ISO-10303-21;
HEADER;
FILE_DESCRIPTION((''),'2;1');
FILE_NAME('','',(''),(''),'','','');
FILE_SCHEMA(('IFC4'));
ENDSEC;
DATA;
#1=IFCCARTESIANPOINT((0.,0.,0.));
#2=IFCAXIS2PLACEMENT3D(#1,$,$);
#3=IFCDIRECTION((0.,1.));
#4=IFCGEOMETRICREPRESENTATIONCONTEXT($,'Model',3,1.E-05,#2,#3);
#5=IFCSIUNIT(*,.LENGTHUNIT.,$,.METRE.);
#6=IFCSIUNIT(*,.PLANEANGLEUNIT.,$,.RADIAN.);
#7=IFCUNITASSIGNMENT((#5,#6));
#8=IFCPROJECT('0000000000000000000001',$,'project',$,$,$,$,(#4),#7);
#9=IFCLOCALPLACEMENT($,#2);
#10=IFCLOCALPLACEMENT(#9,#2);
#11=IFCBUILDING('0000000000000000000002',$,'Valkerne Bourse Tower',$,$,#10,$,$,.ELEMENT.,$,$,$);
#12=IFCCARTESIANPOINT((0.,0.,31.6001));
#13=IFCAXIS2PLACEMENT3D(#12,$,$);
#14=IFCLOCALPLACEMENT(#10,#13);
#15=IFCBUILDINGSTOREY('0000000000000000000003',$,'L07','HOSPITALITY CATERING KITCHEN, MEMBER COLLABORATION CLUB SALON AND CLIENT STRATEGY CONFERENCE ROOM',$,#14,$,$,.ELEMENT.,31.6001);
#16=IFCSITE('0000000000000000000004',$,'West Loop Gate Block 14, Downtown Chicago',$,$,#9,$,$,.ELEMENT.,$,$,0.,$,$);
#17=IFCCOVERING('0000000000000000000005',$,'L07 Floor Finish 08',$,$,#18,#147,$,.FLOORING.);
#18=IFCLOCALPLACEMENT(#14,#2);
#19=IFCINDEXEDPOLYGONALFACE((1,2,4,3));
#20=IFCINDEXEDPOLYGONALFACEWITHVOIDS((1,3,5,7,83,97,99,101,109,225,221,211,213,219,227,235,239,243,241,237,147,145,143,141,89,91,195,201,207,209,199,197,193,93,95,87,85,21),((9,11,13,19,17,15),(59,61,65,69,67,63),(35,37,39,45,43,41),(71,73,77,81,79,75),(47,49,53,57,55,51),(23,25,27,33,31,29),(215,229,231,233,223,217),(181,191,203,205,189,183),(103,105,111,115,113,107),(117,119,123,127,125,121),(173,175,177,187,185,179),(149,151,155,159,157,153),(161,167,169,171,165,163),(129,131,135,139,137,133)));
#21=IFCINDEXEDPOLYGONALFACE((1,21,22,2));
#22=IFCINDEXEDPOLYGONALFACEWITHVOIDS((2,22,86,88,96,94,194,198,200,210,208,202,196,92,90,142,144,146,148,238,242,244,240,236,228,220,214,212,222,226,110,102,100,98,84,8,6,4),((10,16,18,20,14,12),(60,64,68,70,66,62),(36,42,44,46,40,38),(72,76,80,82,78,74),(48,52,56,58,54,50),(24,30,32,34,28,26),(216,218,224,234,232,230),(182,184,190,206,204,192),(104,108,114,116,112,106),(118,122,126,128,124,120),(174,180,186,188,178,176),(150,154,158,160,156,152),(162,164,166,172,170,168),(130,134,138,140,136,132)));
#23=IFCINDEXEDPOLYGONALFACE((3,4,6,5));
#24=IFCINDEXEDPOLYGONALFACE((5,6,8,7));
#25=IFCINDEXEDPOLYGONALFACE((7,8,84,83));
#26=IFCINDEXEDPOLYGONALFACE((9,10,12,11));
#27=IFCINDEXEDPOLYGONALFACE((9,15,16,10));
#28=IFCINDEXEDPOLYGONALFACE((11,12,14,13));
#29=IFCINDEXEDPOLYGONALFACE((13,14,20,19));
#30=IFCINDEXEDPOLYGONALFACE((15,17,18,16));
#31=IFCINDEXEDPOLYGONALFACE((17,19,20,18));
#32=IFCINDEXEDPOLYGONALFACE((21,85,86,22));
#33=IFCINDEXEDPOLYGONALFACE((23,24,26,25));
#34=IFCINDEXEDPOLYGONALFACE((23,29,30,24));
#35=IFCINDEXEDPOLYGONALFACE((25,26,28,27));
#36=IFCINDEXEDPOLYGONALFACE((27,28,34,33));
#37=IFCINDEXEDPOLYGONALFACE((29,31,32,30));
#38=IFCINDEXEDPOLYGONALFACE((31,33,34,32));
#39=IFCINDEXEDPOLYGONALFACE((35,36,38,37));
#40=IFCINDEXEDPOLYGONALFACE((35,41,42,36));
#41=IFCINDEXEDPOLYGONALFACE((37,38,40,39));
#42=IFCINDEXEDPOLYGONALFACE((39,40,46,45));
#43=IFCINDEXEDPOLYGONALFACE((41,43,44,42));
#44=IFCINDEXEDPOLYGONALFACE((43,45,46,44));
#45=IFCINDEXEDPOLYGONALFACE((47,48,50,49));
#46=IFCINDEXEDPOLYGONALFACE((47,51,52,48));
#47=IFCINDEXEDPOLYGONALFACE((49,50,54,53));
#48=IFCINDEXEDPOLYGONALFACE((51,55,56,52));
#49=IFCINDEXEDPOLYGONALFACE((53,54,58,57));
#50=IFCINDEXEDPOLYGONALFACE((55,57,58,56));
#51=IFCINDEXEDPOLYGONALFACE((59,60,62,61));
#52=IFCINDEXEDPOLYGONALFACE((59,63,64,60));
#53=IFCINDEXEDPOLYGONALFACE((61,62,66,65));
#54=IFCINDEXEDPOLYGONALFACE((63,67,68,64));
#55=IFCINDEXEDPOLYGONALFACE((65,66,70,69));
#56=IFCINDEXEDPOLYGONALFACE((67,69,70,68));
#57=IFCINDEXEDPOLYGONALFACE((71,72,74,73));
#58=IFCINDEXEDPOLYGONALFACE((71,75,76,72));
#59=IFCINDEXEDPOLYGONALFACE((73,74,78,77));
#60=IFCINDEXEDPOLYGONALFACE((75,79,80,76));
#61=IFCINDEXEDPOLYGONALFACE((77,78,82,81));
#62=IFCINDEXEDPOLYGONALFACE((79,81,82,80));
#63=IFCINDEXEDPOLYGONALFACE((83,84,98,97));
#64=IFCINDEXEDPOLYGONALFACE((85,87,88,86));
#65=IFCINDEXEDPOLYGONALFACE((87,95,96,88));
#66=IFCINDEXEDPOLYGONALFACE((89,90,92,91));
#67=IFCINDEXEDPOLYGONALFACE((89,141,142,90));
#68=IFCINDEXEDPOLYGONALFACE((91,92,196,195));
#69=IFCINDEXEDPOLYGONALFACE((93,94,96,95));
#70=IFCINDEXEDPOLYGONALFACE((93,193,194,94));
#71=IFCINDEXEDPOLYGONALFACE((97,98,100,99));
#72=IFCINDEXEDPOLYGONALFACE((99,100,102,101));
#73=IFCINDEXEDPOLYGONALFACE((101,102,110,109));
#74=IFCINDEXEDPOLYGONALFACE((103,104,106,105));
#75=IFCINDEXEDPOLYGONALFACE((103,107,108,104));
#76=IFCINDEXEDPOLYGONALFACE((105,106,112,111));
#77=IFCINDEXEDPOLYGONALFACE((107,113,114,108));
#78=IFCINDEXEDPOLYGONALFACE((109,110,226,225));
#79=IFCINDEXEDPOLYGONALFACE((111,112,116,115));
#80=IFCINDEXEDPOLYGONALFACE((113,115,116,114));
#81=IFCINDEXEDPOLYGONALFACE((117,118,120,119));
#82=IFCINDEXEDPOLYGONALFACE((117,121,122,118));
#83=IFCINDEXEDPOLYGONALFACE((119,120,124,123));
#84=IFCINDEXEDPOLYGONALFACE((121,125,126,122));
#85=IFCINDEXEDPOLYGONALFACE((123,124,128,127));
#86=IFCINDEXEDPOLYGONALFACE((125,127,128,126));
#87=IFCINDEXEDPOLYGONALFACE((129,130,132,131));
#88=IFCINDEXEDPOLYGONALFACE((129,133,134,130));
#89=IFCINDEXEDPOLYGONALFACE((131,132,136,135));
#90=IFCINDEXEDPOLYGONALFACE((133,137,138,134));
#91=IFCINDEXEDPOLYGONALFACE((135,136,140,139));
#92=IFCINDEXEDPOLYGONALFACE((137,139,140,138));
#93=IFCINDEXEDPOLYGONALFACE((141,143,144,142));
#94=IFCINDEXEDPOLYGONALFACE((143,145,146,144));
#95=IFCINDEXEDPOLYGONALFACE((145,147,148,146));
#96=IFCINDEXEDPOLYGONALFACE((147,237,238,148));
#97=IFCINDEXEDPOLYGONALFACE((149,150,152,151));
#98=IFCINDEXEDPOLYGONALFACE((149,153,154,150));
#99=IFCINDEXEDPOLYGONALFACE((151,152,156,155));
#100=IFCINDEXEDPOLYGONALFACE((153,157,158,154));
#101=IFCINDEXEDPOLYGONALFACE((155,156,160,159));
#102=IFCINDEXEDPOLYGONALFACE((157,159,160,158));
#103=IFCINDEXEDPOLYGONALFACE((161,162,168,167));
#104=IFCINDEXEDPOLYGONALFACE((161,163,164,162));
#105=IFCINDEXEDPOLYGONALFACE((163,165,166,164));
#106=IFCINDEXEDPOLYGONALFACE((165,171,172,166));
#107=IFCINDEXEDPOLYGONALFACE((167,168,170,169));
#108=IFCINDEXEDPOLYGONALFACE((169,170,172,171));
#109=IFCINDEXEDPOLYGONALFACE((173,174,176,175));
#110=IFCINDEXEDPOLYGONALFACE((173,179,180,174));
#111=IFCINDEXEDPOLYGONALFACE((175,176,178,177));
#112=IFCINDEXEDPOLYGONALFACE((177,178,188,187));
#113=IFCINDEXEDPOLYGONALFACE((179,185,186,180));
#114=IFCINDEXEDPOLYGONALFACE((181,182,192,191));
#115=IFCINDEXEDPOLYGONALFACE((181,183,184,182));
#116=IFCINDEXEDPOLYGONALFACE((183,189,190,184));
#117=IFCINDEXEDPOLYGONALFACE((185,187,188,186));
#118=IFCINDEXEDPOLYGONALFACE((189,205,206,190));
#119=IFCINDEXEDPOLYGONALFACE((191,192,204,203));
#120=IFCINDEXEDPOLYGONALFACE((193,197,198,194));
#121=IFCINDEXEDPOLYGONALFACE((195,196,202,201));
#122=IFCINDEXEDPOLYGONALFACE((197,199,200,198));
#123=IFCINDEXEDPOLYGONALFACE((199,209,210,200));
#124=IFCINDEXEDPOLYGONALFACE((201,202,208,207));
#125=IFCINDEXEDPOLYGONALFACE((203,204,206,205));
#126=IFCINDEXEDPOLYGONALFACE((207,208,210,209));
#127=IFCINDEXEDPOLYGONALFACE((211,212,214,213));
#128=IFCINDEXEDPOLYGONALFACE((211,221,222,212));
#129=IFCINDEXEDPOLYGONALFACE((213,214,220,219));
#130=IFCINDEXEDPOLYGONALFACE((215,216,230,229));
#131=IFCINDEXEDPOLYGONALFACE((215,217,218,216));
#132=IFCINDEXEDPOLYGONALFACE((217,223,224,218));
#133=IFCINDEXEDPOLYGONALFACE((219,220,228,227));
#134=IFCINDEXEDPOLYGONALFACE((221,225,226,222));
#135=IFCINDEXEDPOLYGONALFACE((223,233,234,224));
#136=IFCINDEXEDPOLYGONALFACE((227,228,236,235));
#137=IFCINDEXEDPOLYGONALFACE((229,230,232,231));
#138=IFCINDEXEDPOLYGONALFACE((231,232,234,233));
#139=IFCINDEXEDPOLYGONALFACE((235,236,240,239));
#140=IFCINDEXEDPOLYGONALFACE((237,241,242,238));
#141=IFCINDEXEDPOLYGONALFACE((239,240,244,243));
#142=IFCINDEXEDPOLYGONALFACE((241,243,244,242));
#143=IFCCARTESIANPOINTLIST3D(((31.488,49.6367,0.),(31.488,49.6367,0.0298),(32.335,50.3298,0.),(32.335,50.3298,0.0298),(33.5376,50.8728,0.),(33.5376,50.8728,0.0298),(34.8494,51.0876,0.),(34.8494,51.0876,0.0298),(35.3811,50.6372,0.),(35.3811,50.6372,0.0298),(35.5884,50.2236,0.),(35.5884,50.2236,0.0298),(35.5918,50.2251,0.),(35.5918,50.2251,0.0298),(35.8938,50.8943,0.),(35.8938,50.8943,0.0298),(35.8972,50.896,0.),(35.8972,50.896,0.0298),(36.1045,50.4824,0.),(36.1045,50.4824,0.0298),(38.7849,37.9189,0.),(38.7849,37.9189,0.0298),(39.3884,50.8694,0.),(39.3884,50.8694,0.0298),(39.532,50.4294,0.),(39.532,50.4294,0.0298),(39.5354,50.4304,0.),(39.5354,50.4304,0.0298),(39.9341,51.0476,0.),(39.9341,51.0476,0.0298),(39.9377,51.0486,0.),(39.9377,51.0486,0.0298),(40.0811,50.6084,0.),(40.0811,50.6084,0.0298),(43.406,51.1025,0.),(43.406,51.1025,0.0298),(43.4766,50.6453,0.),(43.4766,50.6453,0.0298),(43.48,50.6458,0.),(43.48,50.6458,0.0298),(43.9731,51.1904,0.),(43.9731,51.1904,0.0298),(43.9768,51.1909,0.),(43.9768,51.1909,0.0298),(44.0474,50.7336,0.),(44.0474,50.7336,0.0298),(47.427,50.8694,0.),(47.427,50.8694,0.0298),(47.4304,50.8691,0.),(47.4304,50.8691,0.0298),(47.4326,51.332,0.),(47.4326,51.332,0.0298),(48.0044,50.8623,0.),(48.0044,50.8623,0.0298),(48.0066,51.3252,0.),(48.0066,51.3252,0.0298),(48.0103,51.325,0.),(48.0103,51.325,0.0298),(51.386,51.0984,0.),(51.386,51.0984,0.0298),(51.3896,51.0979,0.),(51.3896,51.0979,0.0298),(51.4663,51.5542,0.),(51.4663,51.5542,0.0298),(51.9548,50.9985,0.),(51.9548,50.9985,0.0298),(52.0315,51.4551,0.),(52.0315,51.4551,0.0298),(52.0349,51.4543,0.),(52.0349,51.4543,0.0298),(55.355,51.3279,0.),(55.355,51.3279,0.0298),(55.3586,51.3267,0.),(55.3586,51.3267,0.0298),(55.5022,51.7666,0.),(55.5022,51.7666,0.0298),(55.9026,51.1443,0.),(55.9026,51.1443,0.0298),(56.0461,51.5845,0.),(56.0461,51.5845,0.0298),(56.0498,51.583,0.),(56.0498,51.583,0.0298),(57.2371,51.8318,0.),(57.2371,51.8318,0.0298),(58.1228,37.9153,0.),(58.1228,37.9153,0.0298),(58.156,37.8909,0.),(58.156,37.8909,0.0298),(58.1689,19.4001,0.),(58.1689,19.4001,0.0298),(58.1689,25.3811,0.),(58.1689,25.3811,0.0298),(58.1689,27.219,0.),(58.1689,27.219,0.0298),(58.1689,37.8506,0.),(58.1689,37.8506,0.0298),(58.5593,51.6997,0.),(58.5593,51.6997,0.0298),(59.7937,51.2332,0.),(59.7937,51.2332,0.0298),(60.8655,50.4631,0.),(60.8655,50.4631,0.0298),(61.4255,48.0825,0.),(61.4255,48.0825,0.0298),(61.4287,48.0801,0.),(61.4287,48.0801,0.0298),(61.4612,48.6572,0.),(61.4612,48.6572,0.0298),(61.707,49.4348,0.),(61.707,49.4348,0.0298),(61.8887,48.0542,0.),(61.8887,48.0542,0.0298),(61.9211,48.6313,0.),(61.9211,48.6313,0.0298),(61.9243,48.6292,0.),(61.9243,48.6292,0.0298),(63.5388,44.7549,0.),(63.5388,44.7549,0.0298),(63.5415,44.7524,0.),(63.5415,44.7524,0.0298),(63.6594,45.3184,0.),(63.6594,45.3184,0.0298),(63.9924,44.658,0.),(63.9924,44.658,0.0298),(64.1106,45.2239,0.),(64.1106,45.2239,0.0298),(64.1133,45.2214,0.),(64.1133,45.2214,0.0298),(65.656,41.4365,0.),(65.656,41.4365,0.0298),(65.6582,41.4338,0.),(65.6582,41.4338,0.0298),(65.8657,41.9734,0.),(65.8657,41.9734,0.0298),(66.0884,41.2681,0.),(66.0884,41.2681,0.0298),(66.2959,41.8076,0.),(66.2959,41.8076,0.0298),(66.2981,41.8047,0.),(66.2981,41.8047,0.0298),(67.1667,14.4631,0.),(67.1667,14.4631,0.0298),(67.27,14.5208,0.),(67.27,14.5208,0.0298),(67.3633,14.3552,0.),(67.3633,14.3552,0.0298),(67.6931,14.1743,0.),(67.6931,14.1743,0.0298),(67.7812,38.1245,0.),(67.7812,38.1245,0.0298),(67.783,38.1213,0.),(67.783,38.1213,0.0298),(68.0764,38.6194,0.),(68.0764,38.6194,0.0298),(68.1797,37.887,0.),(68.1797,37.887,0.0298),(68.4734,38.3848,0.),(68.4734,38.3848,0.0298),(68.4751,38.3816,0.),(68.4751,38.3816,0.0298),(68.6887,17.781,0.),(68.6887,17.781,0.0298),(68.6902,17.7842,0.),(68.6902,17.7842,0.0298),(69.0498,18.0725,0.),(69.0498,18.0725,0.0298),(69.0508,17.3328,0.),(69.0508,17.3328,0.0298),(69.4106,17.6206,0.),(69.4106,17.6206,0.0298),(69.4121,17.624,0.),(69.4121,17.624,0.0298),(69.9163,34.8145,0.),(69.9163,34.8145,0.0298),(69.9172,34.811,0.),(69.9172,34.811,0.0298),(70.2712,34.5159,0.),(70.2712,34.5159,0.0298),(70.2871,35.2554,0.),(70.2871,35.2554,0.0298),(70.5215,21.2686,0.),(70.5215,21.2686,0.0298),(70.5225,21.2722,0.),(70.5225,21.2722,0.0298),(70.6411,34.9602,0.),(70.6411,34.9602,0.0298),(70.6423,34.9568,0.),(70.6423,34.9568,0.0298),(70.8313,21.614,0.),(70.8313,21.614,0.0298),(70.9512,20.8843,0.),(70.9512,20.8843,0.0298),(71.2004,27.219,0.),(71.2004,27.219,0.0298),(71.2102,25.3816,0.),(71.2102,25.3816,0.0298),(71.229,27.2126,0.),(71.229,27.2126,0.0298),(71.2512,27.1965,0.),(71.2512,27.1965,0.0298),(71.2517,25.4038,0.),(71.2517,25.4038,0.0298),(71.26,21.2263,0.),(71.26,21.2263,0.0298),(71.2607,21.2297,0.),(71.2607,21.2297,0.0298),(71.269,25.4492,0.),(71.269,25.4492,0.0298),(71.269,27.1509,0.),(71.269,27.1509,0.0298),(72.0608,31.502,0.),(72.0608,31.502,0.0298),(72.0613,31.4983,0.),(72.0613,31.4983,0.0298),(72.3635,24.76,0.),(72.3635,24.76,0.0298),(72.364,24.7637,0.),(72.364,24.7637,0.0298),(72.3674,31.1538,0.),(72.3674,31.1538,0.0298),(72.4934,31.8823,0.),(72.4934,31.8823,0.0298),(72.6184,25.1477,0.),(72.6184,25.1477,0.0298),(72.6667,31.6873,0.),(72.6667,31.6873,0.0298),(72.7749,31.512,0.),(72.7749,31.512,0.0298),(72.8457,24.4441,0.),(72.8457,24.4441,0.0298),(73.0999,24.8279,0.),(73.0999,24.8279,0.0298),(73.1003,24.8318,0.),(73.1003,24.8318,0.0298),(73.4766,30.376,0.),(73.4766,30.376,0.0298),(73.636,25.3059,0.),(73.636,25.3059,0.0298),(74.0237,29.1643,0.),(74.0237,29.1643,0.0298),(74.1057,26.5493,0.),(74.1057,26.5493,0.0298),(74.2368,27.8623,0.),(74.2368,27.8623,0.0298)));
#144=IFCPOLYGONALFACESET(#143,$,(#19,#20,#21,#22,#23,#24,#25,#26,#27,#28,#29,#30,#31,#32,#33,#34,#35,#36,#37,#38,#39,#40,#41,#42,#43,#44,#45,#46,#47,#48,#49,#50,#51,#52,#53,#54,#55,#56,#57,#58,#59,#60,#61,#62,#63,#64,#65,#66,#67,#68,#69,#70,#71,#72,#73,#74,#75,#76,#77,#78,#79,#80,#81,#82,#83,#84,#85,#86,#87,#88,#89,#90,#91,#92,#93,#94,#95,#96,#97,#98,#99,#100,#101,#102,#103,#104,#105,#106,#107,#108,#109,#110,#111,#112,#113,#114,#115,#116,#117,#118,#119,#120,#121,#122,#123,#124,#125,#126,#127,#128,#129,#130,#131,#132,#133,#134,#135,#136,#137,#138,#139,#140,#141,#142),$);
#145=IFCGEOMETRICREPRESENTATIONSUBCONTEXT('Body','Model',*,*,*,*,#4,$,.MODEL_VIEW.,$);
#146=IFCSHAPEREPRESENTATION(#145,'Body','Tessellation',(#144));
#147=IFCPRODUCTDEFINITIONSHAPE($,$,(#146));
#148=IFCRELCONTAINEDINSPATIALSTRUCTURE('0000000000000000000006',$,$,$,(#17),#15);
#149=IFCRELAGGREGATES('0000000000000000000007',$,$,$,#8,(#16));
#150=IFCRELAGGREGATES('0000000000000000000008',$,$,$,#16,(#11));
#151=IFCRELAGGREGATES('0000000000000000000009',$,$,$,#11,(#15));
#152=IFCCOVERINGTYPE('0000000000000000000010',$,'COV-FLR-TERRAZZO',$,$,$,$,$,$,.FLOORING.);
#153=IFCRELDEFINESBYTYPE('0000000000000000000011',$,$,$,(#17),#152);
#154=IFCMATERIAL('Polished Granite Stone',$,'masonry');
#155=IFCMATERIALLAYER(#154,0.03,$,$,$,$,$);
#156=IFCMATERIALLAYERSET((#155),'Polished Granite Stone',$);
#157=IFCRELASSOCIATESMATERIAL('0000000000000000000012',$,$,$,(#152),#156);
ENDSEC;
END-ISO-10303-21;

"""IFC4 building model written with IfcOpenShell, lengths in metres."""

from ifc_helpers import new_model, si_unit, direction, frame, origin, place, context, subcontext, project, spatial, polyline, outline, extrude, material, layer, layer_set, type_object, element, save


model = new_model("IFC4")

# Units and contexts
model_context = context("Model", 3, precision=1e-05, world=origin(), true_north=direction((0.0, 1.0)))
body_context = subcontext(model_context, "Body", "Model", "MODEL_VIEW")
ifc_project = project(units=[si_unit("LENGTHUNIT", "METRE"), si_unit("PLANEANGLEUNIT", "RADIAN")], contexts=[model_context])

# Site, building, storey
site_placement = place(None, origin())
site = spatial("IfcSite", under=ifc_project, at=site_placement, Name="West Loop Gate Block 14, Downtown Chicago", CompositionType="ELEMENT", RefElevation=0.0)
building_placement = place(site_placement, origin())
building = spatial("IfcBuilding", under=site, at=building_placement, Name="Valkerne Bourse Tower", CompositionType="ELEMENT")
storey_placement = place(building_placement, frame((0.0, 0.0, 31.6001)))
storey = spatial("IfcBuildingStorey", under=building, at=storey_placement, Name="L07", Description="HOSPITALITY CATERING KITCHEN, MEMBER COLLABORATION CLUB SALON AND CLIENT STRATEGY CONFERENCE ROOM", CompositionType="ELEMENT", Elevation=31.6001)

# Covering
ifc_material_1 = material(Name="Polished Granite Stone", Category="masonry")
ifc_layer_1 = layer(ifc_material_1, 0.03)
ifc_layer_set_1 = layer_set([ifc_layer_1], Name="Polished Granite Stone")
covering_type_1 = type_object("IfcCoveringType", Name="COV-FLR-TERRAZZO", PredefinedType="FLOORING", material=ifc_layer_set_1)
covering_1_placement = place(storey_placement, origin())
element("IfcCovering", 1, at=covering_1_placement, inside=storey, type_object=covering_type_1, Name="L07 Floor Finish 08", PredefinedType="FLOORING", context=body_context, shape_type="SweptSolid", body=[
    extrude(outline(polyline([(34.8494, 51.0876), (57.2371, 51.8318), (58.5593, 51.6997), (59.7937, 51.2332), (60.8655, 50.4631), (61.707, 49.4348), (72.6667, 31.6873), (72.4934, 31.8823), (72.0608, 31.502), (72.0613, 31.4983), (72.3674, 31.1538), (72.7749, 31.512), (73.4766, 30.376), (74.0237, 29.1643), (74.2368, 27.8623), (74.1057, 26.5493), (73.636, 25.3059), (67.6931, 14.1743), (67.3633, 14.3552), (67.27, 14.5208), (67.1667, 14.4631), (58.1689, 19.4001), (58.1689, 25.3811), (71.2102, 25.3816), (71.2517, 25.4038), (71.269, 25.4492), (71.269, 27.1509), (71.2512, 27.1965), (71.229, 27.2126), (71.2004, 27.219), (58.1689, 27.219), (58.1689, 37.8506), (58.156, 37.8909), (58.1228, 37.9153), (38.7849, 37.9189), (31.488, 49.6367), (32.335, 50.3298), (33.5376, 50.8728), (34.8494, 51.0876)]), holes=[polyline([(35.5918, 50.2251), (36.1045, 50.4824), (35.8972, 50.896), (35.8938, 50.8943), (35.3811, 50.6372), (35.5884, 50.2236), (35.5918, 50.2251)]), polyline([(39.5354, 50.4304), (40.0811, 50.6084), (39.9377, 51.0486), (39.9341, 51.0476), (39.3884, 50.8694), (39.532, 50.4294), (39.5354, 50.4304)]), polyline([(44.0474, 50.7336), (43.9768, 51.1909), (43.9731, 51.1904), (43.406, 51.1025), (43.4766, 50.6453), (43.48, 50.6458), (44.0474, 50.7336)]), polyline([(48.0103, 51.325), (48.0066, 51.3252), (47.4326, 51.332), (47.427, 50.8694), (47.4304, 50.8691), (48.0044, 50.8623), (48.0103, 51.325)]), polyline([(52.0349, 51.4543), (52.0315, 51.4551), (51.4663, 51.5542), (51.386, 51.0984), (51.3896, 51.0979), (51.9548, 50.9985), (52.0349, 51.4543)]), polyline([(69.4106, 17.6206), (69.4121, 17.624), (69.0498, 18.0725), (68.6902, 17.7842), (68.6887, 17.781), (69.0508, 17.3328), (69.4106, 17.6206)]), polyline([(71.26, 21.2263), (71.2607, 21.2297), (70.8313, 21.614), (70.5225, 21.2722), (70.5215, 21.2686), (70.9512, 20.8843), (71.26, 21.2263)]), polyline([(73.1003, 24.8318), (72.6184, 25.1477), (72.364, 24.7637), (72.3635, 24.76), (72.8457, 24.4441), (73.0999, 24.8279), (73.1003, 24.8318)]), polyline([(70.6423, 34.9568), (70.6411, 34.9602), (70.2871, 35.2554), (69.9163, 34.8145), (69.9172, 34.811), (70.2712, 34.5159), (70.6423, 34.9568)]), polyline([(68.4734, 38.3848), (68.0764, 38.6194), (67.7812, 38.1245), (67.783, 38.1213), (68.1797, 37.887), (68.4751, 38.3816), (68.4734, 38.3848)]), polyline([(66.2981, 41.8047), (66.2959, 41.8076), (65.8657, 41.9734), (65.656, 41.4365), (65.6582, 41.4338), (66.0884, 41.2681), (66.2981, 41.8047)]), polyline([(64.1133, 45.2214), (64.1106, 45.2239), (63.6594, 45.3184), (63.5388, 44.7549), (63.5415, 44.7524), (63.9924, 44.658), (64.1133, 45.2214)]), polyline([(61.9211, 48.6313), (61.4612, 48.6572), (61.4255, 48.0825), (61.4287, 48.0801), (61.8887, 48.0542), (61.9243, 48.6292), (61.9211, 48.6313)]), polyline([(56.0498, 51.583), (56.0461, 51.5845), (55.5022, 51.7666), (55.355, 51.3279), (55.3586, 51.3267), (55.9026, 51.1443), (56.0498, 51.583)])]), origin(), (0.0, 0.0, 1.0), 0.0298),
])

save(model, "model.ifc")
